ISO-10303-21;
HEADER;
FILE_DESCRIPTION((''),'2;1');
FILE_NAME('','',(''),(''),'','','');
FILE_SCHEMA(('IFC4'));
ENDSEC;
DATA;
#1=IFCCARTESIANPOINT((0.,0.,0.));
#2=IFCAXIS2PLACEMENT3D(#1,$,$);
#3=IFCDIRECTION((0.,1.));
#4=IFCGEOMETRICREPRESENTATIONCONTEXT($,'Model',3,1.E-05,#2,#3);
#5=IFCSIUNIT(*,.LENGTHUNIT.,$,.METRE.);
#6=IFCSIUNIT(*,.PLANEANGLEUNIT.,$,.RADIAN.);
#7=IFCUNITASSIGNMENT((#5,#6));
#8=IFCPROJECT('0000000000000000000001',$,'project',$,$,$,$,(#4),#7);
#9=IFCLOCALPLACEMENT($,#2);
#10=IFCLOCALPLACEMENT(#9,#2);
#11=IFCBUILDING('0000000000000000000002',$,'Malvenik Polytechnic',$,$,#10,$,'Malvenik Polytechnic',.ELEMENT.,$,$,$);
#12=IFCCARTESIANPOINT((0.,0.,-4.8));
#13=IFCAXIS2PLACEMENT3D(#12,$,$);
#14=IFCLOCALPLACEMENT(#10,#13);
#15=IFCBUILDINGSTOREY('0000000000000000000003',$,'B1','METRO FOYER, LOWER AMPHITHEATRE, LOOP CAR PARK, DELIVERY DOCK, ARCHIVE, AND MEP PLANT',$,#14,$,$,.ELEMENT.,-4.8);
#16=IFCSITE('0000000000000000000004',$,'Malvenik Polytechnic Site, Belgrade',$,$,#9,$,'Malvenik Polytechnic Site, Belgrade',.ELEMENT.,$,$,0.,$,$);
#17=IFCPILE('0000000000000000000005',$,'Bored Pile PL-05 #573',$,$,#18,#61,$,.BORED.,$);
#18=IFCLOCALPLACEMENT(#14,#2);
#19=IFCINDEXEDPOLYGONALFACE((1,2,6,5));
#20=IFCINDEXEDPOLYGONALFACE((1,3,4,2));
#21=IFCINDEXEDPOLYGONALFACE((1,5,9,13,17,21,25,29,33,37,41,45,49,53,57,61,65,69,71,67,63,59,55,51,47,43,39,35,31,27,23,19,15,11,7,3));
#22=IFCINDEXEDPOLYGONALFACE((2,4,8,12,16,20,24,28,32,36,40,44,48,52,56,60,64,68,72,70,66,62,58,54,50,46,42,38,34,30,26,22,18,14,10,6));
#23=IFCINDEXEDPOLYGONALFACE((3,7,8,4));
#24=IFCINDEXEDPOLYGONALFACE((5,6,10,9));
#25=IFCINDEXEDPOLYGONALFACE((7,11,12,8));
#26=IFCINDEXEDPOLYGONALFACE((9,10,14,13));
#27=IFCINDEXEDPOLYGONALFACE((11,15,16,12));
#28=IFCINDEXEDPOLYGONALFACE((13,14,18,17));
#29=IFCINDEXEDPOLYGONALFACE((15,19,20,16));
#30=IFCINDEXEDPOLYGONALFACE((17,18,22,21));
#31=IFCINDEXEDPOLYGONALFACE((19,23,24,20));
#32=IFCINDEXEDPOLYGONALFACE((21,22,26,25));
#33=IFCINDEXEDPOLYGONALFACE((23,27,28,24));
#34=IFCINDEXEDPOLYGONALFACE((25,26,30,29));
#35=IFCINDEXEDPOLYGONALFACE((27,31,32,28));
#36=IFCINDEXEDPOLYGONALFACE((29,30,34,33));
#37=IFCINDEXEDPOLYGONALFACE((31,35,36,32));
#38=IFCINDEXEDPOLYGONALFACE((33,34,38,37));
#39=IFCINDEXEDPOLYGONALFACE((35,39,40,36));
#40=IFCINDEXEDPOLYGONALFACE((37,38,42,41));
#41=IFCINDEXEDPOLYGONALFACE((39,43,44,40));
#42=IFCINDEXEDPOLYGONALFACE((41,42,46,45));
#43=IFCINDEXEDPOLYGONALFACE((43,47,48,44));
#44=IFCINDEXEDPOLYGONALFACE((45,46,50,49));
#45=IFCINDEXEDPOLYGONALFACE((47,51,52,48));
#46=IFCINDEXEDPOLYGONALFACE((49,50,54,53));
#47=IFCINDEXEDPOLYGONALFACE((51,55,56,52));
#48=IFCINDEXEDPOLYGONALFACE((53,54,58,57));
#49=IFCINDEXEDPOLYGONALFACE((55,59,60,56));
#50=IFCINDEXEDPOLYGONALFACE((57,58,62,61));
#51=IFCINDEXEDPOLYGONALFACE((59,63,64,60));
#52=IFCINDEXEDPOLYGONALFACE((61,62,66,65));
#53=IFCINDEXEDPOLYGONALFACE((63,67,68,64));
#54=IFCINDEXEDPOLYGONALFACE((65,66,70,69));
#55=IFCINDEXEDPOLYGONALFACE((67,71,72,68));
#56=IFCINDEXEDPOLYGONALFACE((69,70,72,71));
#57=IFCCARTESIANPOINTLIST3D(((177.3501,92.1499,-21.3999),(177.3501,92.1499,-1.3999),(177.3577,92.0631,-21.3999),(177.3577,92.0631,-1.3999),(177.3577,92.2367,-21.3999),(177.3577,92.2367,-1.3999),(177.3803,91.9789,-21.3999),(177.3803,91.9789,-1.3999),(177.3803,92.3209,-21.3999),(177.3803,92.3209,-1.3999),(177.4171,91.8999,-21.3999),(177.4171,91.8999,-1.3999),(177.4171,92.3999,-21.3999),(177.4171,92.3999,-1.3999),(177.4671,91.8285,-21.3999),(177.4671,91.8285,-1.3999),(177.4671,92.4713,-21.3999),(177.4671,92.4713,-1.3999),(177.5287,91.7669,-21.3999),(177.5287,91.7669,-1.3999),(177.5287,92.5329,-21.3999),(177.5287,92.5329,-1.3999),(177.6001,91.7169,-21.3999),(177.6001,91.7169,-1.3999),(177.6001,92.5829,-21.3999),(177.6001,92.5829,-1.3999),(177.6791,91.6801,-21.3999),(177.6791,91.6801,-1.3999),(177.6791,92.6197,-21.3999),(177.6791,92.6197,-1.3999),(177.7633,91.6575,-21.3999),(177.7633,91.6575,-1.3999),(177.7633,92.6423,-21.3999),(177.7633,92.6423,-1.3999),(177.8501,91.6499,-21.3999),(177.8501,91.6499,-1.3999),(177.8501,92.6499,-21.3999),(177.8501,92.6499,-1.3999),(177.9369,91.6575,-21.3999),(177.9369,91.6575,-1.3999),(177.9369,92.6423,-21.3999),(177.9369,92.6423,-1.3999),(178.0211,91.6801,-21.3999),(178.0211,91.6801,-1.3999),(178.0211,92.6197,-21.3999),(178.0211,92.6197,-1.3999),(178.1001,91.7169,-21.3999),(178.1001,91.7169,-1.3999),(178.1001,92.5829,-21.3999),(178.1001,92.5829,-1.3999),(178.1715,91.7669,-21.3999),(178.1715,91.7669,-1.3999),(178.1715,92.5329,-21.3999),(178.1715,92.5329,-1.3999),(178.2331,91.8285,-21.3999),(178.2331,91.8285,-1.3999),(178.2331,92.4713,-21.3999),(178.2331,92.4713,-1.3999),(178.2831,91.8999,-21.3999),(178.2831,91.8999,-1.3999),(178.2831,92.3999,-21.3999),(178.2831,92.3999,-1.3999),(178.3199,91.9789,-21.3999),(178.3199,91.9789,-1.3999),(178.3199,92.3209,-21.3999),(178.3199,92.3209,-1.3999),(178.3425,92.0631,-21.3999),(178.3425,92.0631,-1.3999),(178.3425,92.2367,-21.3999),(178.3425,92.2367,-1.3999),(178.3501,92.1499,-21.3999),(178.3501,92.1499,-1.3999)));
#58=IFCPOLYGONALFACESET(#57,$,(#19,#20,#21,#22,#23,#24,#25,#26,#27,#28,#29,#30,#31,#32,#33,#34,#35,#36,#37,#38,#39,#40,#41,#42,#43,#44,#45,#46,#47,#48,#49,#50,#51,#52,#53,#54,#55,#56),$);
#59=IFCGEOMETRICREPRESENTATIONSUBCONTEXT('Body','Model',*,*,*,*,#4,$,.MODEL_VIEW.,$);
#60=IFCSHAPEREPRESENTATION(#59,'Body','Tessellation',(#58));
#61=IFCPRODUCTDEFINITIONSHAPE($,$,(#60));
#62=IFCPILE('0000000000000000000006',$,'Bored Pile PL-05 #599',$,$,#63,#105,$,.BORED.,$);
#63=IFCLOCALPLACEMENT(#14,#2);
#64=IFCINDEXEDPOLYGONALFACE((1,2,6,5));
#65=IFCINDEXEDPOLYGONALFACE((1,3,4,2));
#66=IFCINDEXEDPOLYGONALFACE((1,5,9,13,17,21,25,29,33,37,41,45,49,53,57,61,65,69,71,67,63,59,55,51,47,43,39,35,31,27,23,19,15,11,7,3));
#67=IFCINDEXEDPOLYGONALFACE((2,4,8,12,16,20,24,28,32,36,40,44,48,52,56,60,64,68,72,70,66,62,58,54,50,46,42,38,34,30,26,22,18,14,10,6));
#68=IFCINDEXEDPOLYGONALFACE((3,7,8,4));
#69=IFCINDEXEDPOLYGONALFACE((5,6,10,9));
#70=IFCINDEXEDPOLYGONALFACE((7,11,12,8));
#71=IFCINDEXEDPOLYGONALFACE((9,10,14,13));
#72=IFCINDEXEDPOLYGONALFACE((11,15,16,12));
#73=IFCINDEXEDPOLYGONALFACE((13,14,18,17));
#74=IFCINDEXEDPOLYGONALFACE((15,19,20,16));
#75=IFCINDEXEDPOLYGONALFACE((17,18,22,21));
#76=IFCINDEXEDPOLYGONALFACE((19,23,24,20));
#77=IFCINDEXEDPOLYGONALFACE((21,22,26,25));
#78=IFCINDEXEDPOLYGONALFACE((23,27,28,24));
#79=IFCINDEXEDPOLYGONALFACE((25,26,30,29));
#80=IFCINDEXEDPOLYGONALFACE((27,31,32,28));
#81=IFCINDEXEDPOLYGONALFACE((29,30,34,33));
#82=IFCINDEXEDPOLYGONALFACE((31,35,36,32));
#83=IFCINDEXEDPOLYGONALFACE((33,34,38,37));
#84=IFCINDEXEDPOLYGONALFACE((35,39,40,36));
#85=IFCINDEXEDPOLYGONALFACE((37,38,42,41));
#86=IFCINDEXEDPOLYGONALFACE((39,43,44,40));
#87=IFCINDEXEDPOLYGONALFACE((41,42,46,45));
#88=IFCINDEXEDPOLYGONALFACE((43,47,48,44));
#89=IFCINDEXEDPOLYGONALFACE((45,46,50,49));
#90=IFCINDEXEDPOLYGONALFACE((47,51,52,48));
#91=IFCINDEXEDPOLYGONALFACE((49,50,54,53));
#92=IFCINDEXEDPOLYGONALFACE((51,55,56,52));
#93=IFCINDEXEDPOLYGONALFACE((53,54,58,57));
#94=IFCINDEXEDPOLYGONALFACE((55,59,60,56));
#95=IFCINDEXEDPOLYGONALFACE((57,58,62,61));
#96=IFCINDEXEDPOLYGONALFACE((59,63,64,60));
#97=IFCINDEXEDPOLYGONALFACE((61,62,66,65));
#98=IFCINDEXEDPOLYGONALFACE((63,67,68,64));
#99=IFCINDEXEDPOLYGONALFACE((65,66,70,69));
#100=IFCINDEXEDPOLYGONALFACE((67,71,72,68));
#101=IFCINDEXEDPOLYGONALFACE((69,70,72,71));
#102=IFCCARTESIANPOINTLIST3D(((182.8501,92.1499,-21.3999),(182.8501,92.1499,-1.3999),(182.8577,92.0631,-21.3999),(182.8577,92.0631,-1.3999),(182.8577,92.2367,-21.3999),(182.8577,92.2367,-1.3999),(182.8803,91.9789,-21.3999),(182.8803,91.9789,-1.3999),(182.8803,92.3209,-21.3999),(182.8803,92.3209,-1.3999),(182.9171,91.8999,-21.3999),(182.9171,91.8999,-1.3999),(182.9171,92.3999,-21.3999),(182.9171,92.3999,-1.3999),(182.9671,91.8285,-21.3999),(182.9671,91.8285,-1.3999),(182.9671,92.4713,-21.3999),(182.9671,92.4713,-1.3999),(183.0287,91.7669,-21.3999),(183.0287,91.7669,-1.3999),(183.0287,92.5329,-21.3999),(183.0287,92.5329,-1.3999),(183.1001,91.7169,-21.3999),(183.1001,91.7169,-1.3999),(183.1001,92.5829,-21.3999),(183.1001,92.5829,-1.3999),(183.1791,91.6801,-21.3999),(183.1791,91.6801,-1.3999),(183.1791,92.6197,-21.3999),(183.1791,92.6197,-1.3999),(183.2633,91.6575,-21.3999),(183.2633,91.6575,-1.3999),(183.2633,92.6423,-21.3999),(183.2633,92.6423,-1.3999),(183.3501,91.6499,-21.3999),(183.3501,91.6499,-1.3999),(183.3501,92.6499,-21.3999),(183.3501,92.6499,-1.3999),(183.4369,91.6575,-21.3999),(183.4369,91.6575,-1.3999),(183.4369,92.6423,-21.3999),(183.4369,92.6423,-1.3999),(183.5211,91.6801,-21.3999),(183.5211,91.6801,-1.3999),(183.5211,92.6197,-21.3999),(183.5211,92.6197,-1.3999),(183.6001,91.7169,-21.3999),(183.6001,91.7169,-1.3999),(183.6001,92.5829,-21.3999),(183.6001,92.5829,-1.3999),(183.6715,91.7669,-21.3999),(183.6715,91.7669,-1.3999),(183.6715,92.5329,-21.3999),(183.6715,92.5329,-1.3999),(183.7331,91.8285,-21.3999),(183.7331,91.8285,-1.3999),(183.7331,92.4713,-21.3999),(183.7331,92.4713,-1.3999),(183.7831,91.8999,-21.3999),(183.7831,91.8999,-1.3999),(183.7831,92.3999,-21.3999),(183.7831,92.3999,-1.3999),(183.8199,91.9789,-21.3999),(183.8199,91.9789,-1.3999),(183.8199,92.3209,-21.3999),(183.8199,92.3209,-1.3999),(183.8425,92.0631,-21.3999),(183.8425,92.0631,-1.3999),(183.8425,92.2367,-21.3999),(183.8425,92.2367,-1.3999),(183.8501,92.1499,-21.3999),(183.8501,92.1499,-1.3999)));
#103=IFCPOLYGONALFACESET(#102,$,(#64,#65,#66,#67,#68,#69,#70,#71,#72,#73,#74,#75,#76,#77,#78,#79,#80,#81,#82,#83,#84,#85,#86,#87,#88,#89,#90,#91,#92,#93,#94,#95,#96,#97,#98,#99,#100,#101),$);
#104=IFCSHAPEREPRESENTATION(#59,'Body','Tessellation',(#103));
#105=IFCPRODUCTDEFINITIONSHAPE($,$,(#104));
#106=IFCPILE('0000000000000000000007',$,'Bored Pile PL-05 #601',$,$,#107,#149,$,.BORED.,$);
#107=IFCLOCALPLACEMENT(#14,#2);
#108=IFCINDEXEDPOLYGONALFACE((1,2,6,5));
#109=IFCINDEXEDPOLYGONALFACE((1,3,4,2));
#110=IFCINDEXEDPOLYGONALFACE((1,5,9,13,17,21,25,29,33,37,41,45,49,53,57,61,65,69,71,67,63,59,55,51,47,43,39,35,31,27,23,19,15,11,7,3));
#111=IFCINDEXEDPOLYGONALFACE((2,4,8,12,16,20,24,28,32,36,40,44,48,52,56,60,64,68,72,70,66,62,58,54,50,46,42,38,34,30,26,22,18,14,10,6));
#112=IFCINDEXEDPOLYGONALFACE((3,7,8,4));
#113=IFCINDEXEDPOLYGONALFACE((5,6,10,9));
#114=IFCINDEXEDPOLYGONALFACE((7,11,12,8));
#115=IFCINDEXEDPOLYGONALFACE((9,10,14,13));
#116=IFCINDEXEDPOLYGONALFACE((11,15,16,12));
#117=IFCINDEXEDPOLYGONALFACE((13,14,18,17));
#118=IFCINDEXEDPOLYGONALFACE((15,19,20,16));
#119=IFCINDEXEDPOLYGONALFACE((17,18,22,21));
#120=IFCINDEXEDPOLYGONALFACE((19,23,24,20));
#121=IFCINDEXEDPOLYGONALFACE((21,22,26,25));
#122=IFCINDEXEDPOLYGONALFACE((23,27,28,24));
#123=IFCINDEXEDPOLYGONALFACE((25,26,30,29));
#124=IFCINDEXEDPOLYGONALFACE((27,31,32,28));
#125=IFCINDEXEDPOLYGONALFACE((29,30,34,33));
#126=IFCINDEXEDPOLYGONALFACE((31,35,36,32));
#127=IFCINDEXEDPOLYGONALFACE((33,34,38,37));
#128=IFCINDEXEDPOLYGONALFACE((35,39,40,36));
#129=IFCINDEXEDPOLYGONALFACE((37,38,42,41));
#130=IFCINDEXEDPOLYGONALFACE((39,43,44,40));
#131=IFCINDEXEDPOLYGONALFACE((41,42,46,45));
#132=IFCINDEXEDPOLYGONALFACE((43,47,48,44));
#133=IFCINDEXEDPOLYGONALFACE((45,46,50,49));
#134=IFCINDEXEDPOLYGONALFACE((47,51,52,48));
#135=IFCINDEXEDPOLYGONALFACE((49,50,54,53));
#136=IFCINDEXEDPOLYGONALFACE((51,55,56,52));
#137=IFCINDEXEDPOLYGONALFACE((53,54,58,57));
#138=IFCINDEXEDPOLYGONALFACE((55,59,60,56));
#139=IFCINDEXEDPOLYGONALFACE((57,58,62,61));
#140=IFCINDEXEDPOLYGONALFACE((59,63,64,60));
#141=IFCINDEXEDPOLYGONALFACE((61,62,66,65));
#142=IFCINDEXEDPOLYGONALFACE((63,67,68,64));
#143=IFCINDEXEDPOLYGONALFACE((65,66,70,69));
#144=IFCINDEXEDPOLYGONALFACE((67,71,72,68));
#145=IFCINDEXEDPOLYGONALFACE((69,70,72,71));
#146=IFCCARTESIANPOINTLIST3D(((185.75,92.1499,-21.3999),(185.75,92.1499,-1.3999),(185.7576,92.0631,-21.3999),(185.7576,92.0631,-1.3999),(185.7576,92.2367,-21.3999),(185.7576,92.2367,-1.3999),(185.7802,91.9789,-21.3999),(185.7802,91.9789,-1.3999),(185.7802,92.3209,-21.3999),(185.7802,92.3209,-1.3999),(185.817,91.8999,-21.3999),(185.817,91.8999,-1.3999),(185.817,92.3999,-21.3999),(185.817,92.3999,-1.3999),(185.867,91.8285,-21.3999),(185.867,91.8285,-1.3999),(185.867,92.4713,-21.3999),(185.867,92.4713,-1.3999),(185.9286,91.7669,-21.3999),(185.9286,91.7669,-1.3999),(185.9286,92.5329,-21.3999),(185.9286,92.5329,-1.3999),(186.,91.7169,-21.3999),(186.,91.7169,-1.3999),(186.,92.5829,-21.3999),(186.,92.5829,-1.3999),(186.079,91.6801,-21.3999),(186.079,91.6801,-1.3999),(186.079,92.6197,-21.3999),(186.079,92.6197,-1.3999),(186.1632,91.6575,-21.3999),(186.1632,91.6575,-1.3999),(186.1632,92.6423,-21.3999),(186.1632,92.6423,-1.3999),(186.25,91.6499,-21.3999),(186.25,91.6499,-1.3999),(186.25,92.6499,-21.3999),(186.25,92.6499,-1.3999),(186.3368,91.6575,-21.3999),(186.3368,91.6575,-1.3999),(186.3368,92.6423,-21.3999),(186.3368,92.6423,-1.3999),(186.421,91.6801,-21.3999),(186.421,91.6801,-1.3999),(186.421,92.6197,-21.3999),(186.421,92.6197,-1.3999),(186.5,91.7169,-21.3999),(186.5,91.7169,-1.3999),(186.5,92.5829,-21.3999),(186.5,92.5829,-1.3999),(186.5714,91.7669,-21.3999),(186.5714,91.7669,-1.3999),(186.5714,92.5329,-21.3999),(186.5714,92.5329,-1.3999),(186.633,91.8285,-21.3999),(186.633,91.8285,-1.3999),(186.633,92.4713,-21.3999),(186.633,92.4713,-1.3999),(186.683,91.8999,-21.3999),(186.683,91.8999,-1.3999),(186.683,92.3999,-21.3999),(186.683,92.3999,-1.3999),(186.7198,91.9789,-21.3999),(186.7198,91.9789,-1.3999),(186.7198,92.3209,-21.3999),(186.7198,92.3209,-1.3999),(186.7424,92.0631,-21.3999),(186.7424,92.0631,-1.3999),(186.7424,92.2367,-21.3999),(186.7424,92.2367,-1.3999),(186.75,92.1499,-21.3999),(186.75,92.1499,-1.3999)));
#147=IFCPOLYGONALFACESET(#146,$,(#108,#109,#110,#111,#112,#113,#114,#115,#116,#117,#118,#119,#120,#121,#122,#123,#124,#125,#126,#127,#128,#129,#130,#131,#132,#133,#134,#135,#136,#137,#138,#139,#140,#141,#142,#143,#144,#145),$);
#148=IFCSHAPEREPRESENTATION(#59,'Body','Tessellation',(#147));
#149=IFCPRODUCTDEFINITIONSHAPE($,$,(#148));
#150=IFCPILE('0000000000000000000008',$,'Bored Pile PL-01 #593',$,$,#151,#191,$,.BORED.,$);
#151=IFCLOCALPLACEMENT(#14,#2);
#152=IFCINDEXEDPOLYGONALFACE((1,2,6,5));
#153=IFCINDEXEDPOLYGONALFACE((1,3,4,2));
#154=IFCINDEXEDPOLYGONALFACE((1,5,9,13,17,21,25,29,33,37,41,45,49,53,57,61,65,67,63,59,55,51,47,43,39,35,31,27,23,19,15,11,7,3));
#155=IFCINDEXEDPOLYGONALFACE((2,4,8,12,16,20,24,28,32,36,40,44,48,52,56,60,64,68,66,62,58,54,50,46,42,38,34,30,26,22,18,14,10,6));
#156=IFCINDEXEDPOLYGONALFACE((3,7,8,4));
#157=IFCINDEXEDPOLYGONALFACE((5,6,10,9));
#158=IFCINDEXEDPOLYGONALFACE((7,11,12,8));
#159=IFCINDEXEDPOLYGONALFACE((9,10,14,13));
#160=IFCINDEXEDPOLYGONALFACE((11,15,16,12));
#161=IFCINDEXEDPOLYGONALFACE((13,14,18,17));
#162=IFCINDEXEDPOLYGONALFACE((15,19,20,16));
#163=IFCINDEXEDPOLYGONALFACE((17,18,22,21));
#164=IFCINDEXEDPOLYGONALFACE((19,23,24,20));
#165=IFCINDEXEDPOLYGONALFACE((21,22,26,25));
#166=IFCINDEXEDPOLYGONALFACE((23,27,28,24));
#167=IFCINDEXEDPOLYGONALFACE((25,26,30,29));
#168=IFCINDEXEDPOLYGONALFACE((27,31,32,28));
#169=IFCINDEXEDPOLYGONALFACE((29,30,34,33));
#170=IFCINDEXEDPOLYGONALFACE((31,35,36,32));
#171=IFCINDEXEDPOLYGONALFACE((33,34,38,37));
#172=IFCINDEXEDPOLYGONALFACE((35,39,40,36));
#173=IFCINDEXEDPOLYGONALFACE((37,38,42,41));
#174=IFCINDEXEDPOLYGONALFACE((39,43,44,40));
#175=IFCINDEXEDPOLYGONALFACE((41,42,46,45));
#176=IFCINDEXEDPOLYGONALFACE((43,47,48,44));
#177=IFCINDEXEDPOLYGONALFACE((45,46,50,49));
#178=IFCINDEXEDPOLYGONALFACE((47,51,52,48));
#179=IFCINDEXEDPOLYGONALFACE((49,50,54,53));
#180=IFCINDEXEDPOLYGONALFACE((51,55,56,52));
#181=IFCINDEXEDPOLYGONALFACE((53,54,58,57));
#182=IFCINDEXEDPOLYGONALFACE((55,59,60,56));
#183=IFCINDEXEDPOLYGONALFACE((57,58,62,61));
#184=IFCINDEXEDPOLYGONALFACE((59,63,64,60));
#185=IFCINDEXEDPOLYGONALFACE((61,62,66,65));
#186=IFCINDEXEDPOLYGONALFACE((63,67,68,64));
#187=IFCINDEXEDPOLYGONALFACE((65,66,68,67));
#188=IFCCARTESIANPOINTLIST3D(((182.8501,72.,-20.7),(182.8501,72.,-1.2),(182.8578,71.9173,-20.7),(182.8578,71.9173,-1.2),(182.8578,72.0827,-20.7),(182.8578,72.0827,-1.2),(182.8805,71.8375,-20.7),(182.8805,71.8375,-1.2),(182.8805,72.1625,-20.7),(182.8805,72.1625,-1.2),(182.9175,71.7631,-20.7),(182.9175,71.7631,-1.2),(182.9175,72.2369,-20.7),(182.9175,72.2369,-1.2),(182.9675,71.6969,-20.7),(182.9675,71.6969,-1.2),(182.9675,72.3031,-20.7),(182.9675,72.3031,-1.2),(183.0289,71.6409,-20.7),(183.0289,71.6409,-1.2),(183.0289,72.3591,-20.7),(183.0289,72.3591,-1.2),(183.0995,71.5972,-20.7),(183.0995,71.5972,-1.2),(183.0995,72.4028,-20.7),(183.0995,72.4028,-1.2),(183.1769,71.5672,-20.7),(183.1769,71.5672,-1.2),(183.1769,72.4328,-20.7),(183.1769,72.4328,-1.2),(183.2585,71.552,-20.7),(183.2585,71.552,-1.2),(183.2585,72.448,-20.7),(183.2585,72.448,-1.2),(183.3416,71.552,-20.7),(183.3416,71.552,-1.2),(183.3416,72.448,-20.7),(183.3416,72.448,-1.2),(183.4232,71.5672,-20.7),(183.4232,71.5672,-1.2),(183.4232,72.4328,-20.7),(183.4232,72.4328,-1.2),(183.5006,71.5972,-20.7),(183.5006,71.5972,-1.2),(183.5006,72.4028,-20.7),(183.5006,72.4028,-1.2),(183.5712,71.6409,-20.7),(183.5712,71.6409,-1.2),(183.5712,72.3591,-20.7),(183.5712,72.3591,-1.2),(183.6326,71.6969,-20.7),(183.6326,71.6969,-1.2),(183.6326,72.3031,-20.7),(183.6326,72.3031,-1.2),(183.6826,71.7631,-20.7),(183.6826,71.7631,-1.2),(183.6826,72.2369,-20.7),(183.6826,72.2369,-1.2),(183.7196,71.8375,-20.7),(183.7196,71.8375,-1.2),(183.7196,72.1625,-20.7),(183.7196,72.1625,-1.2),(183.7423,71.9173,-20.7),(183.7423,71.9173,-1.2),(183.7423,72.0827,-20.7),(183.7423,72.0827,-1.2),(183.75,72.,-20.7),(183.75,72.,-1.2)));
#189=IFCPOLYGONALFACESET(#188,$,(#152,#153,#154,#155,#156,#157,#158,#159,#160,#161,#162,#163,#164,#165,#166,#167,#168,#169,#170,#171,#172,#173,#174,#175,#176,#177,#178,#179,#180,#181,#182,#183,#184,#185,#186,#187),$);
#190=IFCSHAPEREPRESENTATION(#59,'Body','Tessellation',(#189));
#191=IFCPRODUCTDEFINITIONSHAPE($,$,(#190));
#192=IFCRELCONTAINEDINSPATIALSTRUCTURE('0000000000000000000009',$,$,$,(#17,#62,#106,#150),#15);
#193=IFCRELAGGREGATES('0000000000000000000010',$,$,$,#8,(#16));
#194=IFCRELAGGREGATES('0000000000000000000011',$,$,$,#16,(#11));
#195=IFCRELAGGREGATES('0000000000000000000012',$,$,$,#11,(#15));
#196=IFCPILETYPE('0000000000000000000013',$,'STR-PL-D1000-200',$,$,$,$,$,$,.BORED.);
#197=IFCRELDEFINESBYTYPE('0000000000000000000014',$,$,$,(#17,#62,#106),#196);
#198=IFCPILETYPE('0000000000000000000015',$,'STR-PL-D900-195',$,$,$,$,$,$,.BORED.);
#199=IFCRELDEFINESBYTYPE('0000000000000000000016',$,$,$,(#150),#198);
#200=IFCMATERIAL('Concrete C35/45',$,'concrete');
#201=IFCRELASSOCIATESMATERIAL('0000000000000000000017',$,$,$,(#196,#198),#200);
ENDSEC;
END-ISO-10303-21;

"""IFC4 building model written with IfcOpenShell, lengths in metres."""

from ifc_helpers import new_model, si_unit, direction, frame, origin, origin_2d, place, context, subcontext, project, spatial, circle, extrude, material, material_profile, profile_set, type_object, element, save


model = new_model("IFC4")

# Units and contexts
model_context = context("Model", 3, precision=1e-05, world=origin(), true_north=direction((0.0, 1.0)))
body_context = subcontext(model_context, "Body", "Model", "MODEL_VIEW")
ifc_project = project(units=[si_unit("LENGTHUNIT", "METRE"), si_unit("PLANEANGLEUNIT", "RADIAN")], contexts=[model_context])

# Site, building, storey
site_placement = place(None, origin())
site = spatial("IfcSite", under=ifc_project, at=site_placement, Name="Malvenik Polytechnic Site, Belgrade", LongName="Malvenik Polytechnic Site, Belgrade", CompositionType="ELEMENT", RefElevation=0.0)
building_placement = place(site_placement, origin())
building = spatial("IfcBuilding", under=site, at=building_placement, Name="Malvenik Polytechnic", LongName="Malvenik Polytechnic", CompositionType="ELEMENT")
storey_placement = place(building_placement, frame((0.0, 0.0, -4.8)))
storey = spatial("IfcBuildingStorey", under=building, at=storey_placement, Name="B1", Description="METRO FOYER, LOWER AMPHITHEATRE, LOOP CAR PARK, DELIVERY DOCK, ARCHIVE, AND MEP PLANT", CompositionType="ELEMENT", Elevation=-4.8)

# Shared definitions
ifc_material = material(Name="Concrete C35/45", Category="concrete")

# Piles
ifc_material_profile_1 = material_profile(ifc_material, circle(Radius=0.5, at=origin_2d()), Name="BORED PILE D1000")
ifc_profile_set_1 = profile_set([ifc_material_profile_1], Name="Concrete C35/45")
pile_type_1 = type_object("IfcPileType", Name="STR-PL-D1000-200", PredefinedType="BORED", material=ifc_profile_set_1)
for number, where, z_axis, x_axis, name in (
    (1, (177.8501, 92.1499, -1.3999), (0.0, 0.0, -1.0), (1.0, 0.0, 0.0), "Bored Pile PL-05 #573"),
    (2, (183.3501, 92.1499, -1.3999), (0.0, 0.0, -1.0), (1.0, 0.0, 0.0), "Bored Pile PL-05 #599"),
    (3, (186.25, 92.1499, -1.3999), (0.0, 0.0, -1.0), (1.0, 0.0, 0.0), "Bored Pile PL-05 #601"),
):
    element("IfcPile", number, at=place(storey_placement, frame(where, z_axis=z_axis, x_axis=x_axis)), inside=storey, type_object=pile_type_1, Name=name, PredefinedType="BORED", context=body_context, shape_type="SweptSolid", body=[
        extrude(circle(Radius=0.5, at=origin_2d()), origin(), (0.0, 0.0, 1.0), 20.0),
    ])
ifc_material_profile_2 = material_profile(ifc_material, circle(Radius=0.45, at=origin_2d()), Name="BORED PILE D900")
ifc_profile_set_2 = profile_set([ifc_material_profile_2], Name="Concrete C35/45")
pile_type_2 = type_object("IfcPileType", Name="STR-PL-D900-195", PredefinedType="BORED", material=ifc_profile_set_2)
for number, where, z_axis, x_axis, name in (
    (4, (183.3, 72.0, -1.2), (0.0, 0.0, -1.0), (1.0, 0.0, 0.0), "Bored Pile PL-01 #593"),
):
    element("IfcPile", number, at=place(storey_placement, frame(where, z_axis=z_axis, x_axis=x_axis)), inside=storey, type_object=pile_type_2, Name=name, PredefinedType="BORED", context=body_context, shape_type="SweptSolid", body=[
        extrude(circle(Radius=0.45, at=origin_2d()), origin(), (0.0, 0.0, 1.0), 19.5),
    ])

save(model, "model.ifc")
